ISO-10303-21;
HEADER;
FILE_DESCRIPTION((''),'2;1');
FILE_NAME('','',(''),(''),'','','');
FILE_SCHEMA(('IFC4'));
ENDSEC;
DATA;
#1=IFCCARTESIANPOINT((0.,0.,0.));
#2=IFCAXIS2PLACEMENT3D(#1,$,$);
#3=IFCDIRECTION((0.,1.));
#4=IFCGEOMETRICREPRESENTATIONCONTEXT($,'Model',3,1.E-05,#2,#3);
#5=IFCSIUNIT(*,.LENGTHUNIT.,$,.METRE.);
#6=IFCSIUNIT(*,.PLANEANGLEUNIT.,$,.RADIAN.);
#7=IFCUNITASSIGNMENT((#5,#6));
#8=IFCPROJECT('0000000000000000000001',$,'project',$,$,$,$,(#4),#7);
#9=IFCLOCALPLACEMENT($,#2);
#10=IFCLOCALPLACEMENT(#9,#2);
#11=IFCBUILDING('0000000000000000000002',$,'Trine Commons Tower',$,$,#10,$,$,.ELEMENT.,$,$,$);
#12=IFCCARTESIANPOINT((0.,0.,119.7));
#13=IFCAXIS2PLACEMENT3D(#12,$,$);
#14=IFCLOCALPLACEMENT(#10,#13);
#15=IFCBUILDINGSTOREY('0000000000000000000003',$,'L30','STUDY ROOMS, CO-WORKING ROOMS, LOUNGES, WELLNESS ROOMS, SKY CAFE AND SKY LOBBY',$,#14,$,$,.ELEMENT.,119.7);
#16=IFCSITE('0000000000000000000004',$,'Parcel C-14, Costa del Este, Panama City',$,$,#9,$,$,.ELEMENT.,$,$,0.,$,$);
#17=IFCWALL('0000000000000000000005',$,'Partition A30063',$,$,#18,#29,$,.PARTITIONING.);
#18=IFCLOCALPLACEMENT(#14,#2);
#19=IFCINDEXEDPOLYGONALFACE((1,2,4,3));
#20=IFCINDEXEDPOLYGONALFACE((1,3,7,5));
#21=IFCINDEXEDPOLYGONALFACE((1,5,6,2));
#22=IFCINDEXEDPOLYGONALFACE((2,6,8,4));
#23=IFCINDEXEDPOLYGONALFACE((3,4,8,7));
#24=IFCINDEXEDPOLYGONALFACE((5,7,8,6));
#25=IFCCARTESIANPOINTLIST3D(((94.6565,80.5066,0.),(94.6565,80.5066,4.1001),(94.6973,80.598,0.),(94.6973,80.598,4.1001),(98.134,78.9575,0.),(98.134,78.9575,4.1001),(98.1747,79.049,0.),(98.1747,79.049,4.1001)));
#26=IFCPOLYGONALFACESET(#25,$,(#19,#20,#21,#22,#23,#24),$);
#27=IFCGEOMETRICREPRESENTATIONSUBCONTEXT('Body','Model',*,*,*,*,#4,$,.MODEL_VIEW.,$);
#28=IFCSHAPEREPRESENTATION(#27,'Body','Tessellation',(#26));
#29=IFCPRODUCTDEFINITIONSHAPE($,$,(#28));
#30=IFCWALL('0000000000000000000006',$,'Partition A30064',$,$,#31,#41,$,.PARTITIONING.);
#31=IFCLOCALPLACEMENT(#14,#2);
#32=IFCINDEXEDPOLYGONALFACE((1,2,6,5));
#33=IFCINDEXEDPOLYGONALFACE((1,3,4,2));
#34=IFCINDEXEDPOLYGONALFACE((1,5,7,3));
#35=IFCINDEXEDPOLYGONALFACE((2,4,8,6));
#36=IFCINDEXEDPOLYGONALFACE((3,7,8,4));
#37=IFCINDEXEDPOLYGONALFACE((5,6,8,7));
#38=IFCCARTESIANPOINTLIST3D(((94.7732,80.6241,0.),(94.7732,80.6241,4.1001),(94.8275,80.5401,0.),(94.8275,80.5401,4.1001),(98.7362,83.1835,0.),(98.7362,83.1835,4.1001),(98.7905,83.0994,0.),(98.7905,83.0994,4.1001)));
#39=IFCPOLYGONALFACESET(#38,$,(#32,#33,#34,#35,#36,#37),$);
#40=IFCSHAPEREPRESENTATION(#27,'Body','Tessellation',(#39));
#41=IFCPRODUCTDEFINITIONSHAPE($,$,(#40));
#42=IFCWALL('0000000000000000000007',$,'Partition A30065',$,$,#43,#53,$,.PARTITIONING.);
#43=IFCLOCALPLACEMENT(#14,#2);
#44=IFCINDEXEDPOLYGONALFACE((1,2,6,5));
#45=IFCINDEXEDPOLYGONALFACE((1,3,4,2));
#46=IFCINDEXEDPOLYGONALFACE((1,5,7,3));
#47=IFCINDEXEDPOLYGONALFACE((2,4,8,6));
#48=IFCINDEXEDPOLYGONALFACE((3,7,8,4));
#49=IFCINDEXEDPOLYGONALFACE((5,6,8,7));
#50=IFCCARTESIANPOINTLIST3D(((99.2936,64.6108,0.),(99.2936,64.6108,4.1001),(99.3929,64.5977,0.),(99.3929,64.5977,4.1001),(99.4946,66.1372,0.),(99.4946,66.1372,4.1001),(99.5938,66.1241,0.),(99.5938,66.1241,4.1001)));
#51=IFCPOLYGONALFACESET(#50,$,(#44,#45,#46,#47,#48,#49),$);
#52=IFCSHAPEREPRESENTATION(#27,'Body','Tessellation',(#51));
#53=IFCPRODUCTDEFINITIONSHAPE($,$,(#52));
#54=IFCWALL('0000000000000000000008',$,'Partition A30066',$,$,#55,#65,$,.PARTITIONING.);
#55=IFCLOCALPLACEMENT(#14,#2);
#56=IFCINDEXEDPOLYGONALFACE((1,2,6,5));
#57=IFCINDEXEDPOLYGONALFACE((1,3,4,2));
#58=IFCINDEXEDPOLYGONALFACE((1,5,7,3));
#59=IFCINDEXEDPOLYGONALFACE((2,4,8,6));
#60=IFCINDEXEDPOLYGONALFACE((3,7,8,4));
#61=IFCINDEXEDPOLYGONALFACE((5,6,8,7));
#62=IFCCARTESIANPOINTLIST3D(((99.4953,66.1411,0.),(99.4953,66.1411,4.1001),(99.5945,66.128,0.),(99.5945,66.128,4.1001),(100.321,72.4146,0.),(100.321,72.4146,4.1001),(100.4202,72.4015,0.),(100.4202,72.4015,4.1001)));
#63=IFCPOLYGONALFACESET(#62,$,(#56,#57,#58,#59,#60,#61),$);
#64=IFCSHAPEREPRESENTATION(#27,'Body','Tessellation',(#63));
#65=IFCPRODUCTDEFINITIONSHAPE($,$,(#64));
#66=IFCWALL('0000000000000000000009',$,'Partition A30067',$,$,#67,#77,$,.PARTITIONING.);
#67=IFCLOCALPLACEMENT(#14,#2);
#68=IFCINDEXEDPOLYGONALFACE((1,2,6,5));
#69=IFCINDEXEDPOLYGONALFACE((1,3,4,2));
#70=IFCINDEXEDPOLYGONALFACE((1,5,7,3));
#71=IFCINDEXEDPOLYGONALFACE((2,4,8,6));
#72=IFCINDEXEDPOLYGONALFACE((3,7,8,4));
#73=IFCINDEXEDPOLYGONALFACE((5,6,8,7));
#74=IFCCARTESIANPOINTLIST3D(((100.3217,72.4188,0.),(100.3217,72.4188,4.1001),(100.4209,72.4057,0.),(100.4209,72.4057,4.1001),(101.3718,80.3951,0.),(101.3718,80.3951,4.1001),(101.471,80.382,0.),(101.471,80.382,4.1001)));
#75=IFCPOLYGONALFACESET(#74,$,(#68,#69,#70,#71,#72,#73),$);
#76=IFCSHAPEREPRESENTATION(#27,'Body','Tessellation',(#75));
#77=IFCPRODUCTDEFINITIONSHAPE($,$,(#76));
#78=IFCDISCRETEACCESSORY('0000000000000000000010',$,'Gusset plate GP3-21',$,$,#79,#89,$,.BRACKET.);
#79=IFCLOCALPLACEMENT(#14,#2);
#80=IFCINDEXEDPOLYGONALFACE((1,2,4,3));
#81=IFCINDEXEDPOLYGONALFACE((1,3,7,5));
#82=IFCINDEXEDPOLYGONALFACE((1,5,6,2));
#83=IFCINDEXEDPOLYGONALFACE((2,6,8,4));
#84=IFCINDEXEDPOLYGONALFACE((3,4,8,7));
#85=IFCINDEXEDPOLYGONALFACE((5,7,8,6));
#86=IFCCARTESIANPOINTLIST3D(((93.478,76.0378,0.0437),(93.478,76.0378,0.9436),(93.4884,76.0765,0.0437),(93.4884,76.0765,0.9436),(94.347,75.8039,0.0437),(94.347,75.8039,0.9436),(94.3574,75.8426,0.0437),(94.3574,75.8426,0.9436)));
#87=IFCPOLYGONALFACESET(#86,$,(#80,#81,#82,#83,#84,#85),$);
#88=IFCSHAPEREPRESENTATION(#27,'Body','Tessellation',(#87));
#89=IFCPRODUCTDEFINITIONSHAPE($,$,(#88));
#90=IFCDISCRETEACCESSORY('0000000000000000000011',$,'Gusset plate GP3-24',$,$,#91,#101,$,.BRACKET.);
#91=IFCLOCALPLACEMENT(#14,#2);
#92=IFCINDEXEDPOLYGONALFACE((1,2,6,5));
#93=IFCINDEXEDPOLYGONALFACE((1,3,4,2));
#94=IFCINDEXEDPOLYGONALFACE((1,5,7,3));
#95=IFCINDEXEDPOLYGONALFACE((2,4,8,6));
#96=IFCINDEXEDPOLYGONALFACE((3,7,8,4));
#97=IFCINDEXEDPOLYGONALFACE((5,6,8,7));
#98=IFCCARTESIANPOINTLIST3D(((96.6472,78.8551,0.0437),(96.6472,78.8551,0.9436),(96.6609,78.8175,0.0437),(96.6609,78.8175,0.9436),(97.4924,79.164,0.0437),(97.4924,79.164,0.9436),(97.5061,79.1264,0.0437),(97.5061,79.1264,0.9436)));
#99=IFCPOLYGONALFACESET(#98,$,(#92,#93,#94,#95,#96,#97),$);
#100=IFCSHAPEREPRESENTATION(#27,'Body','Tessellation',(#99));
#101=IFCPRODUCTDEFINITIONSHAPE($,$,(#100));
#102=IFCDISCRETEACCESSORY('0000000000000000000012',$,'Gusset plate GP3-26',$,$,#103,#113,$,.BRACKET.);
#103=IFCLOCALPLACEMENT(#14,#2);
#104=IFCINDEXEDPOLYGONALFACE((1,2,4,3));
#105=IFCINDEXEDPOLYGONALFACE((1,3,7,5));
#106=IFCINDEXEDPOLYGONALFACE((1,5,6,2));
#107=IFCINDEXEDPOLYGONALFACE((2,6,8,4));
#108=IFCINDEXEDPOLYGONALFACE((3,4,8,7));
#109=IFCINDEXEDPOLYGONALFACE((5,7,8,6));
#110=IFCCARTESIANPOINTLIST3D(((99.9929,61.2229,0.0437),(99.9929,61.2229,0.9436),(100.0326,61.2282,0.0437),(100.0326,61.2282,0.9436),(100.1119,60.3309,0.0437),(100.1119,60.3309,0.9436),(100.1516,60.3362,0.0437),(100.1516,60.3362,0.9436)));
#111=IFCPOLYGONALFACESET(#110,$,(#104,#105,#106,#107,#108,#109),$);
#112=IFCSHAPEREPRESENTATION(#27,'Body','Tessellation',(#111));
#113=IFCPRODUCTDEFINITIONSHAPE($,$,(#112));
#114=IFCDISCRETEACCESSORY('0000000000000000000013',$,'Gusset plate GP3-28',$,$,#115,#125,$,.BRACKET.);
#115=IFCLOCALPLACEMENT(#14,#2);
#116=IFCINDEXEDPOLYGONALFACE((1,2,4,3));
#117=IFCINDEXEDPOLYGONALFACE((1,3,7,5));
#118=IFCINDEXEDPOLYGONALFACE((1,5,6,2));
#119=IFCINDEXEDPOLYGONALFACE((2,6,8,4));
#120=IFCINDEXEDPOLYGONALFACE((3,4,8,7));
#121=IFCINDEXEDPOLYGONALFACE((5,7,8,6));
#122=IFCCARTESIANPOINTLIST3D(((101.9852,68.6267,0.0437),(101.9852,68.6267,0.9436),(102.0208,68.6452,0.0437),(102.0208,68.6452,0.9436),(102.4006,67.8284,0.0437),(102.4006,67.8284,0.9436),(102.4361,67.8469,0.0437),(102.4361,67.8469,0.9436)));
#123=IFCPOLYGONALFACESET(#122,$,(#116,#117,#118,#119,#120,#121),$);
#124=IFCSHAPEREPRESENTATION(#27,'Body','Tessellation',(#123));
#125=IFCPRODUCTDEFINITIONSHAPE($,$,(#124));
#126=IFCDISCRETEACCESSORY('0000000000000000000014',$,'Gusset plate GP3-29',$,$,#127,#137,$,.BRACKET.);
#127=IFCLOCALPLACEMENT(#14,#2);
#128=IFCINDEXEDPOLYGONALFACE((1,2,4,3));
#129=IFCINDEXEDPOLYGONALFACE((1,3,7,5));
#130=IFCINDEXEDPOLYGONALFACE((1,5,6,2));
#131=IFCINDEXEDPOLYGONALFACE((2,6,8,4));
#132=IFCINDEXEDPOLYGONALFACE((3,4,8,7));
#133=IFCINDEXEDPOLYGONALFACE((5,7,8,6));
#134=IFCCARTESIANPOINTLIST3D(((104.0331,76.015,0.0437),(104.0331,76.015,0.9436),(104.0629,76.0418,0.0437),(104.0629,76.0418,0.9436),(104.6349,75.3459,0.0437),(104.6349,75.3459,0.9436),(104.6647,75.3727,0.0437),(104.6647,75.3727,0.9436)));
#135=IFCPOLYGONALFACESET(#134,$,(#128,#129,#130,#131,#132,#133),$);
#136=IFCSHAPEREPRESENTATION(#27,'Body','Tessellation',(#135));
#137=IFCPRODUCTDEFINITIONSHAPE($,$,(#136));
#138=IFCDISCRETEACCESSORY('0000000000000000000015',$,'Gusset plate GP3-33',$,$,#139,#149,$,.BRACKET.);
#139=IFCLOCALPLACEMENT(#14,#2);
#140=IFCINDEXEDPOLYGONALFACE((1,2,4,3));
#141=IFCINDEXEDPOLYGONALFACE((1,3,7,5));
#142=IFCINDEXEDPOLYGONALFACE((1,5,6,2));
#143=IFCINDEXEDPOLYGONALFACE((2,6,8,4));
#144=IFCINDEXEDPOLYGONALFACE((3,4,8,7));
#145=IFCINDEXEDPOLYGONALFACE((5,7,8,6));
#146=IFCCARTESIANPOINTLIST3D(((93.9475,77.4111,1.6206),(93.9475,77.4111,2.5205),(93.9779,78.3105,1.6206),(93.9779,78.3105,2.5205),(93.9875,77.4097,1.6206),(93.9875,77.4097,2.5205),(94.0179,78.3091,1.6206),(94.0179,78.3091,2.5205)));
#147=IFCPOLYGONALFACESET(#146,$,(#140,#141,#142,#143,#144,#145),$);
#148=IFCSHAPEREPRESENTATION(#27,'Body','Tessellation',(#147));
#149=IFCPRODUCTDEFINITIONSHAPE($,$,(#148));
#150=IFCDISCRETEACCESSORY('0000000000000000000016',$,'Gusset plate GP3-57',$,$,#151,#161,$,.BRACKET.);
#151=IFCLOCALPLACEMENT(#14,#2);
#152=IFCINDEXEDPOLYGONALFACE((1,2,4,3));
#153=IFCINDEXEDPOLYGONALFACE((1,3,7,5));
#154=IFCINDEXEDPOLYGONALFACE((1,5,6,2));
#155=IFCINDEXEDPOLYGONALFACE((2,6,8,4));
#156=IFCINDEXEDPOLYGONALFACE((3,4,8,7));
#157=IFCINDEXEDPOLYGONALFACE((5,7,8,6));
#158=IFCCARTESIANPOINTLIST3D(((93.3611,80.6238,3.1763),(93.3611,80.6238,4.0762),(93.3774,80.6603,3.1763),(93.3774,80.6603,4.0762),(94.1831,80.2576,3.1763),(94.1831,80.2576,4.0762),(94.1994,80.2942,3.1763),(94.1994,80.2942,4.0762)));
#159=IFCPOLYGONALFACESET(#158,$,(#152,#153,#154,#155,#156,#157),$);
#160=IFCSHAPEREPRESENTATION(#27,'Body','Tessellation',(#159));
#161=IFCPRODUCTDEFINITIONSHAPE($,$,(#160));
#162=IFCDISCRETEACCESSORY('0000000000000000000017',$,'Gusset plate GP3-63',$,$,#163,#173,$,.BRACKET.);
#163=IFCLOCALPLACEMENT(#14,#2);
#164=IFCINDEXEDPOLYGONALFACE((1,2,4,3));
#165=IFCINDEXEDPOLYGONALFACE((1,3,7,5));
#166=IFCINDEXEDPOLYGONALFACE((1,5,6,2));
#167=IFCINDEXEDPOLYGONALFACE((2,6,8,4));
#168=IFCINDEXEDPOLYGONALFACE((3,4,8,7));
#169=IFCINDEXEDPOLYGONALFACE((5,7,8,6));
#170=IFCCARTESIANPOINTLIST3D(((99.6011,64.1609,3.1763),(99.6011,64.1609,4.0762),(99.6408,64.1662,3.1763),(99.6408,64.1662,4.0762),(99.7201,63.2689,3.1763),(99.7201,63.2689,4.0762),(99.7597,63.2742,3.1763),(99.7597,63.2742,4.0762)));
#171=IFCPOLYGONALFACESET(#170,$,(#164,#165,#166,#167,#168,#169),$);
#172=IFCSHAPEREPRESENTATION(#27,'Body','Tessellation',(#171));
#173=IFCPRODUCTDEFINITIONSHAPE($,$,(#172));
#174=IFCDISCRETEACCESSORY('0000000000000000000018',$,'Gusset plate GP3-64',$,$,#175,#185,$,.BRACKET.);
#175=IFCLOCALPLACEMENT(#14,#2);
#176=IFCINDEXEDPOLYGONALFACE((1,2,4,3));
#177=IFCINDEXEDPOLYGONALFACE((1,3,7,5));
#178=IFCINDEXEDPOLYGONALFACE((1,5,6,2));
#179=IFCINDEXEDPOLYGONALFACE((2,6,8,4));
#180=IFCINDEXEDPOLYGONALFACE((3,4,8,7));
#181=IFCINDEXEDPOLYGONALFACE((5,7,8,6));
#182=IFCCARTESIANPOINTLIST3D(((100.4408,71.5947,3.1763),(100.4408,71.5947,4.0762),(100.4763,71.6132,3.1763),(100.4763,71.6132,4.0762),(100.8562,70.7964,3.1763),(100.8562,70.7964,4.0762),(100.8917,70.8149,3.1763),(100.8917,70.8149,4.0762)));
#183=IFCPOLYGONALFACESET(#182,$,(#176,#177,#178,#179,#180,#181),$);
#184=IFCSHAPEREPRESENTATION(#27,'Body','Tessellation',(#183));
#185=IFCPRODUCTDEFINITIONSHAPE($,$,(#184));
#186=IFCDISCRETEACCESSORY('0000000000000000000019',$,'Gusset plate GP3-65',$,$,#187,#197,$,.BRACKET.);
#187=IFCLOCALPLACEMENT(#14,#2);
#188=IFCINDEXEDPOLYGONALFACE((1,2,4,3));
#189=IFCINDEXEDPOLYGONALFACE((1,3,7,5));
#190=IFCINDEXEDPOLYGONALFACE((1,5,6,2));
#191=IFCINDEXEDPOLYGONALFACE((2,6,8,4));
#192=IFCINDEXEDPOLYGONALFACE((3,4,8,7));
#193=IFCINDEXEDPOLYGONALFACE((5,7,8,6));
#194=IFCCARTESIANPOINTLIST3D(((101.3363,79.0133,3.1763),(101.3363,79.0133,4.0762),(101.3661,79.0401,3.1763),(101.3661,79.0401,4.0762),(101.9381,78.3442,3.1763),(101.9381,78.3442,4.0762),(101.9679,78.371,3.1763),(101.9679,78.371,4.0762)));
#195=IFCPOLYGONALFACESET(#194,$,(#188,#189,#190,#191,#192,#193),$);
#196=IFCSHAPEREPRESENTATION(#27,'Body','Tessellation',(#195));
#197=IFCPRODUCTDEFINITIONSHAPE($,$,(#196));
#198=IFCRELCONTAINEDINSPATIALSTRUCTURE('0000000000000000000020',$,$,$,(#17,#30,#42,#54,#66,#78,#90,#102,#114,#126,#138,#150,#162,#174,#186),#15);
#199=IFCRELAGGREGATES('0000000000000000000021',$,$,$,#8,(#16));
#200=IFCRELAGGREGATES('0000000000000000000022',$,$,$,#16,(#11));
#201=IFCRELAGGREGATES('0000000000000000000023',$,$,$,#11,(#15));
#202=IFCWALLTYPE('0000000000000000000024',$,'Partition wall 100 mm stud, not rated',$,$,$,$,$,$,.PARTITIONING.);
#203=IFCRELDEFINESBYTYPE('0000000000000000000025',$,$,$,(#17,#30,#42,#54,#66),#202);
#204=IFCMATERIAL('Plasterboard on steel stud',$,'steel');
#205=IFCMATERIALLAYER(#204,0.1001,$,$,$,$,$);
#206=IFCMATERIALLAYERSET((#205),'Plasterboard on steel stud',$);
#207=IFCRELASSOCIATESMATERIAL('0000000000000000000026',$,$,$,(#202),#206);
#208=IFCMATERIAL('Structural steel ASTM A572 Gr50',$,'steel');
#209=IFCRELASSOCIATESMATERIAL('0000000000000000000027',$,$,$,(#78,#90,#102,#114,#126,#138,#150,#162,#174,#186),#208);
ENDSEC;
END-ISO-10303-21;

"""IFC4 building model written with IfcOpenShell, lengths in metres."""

from ifc_helpers import new_model, si_unit, direction, frame, frame_2d, origin, origin_2d, place, context, subcontext, project, spatial, rectangle, extrude, material, layer, layer_set, type_object, element, save


model = new_model("IFC4")

# Units and contexts
model_context = context("Model", 3, precision=1e-05, world=origin(), true_north=direction((0.0, 1.0)))
body_context = subcontext(model_context, "Body", "Model", "MODEL_VIEW")
ifc_project = project(units=[si_unit("LENGTHUNIT", "METRE"), si_unit("PLANEANGLEUNIT", "RADIAN")], contexts=[model_context])

# Site, building, storey
site_placement = place(None, origin())
site = spatial("IfcSite", under=ifc_project, at=site_placement, Name="Parcel C-14, Costa del Este, Panama City", CompositionType="ELEMENT", RefElevation=0.0)
building_placement = place(site_placement, origin())
building = spatial("IfcBuilding", under=site, at=building_placement, Name="Trine Commons Tower", CompositionType="ELEMENT")
storey_placement = place(building_placement, frame((0.0, 0.0, 119.7)))
storey = spatial("IfcBuildingStorey", under=building, at=storey_placement, Name="L30", Description="STUDY ROOMS, CO-WORKING ROOMS, LOUNGES, WELLNESS ROOMS, SKY CAFE AND SKY LOBBY", CompositionType="ELEMENT", Elevation=119.7)

# Walls
ifc_material_1 = material(Name="Plasterboard on steel stud", Category="steel")
ifc_layer_1 = layer(ifc_material_1, 0.1001)
ifc_layer_set_1 = layer_set([ifc_layer_1], Name="Plasterboard on steel stud")
wall_type_1 = type_object("IfcWallType", Name="Partition wall 100 mm stud, not rated", PredefinedType="PARTITIONING", material=ifc_layer_set_1)
wall_1_placement = place(storey_placement, frame((94.677, 80.5522, 0.0), z_axis=(0.0, 0.0, 1.0), x_axis=(0.91347, -0.406906, 0.0)))
element("IfcWall", 1, at=wall_1_placement, inside=storey, type_object=wall_type_1, Name="Partition A30063", PredefinedType="PARTITIONING", context=body_context, shape_type="SweptSolid", body=[
    extrude(rectangle(XDim=3.8069, YDim=0.1001, at=frame_2d((1.9033, 0.0))), origin(), (0.0, 0.0, 1.0), 4.1001),
])
wall_2_placement = place(storey_placement, frame((94.8003, 80.582, 0.0), z_axis=(0.0, 0.0, 1.0), x_axis=(0.840043, 0.542519, 0.0)))
element("IfcWall", 2, at=wall_2_placement, inside=storey, type_object=wall_type_1, Name="Partition A30064", PredefinedType="PARTITIONING", context=body_context, shape_type="SweptSolid", body=[
    extrude(rectangle(XDim=4.7175, YDim=0.1001, at=frame_2d((2.3589, 0.0))), origin(), (0.0, 0.0, 1.0), 4.1001),
])
wall_3_placement = place(storey_placement, frame((99.3433, 64.6042, 0.0), z_axis=(0.0, 0.0, 1.0), x_axis=(0.130512, 0.991447, 0.0)))
element("IfcWall", 3, at=wall_3_placement, inside=storey, type_object=wall_type_1, Name="Partition A30065", PredefinedType="PARTITIONING", context=body_context, shape_type="SweptSolid", body=[
    extrude(rectangle(XDim=1.5396, YDim=0.1001, at=frame_2d((0.7698, 0.0))), origin(), (0.0, 0.0, 1.0), 4.1001),
])
wall_4_placement = place(storey_placement, frame((99.5449, 66.1345, 0.0), z_axis=(0.0, 0.0, 1.0), x_axis=(0.13049, 0.99145, 0.0)))
element("IfcWall", 4, at=wall_4_placement, inside=storey, type_object=wall_type_1, Name="Partition A30066", PredefinedType="PARTITIONING", context=body_context, shape_type="SweptSolid", body=[
    extrude(rectangle(XDim=6.3276, YDim=0.1001, at=frame_2d((3.1638, 0.0))), origin(), (0.0, 0.0, 1.0), 4.1001),
])
wall_5_placement = place(storey_placement, frame((100.3713, 72.4124, 0.0), z_axis=(0.0, 0.0, 1.0), x_axis=(0.13052, 0.991446, 0.0)))
element("IfcWall", 5, at=wall_5_placement, inside=storey, type_object=wall_type_1, Name="Partition A30067", PredefinedType="PARTITIONING", context=body_context, shape_type="SweptSolid", body=[
    extrude(rectangle(XDim=8.0452, YDim=0.1001, at=frame_2d((4.0225, 0.0))), origin(), (0.0, 0.0, 1.0), 4.1001),
])

# Discrete accessories
ifc_material_2 = material(Name="Structural steel ASTM A572 Gr50", Category="steel")
for number, where, z_axis, x_axis, name in (
    (6, (93.9177, 75.9402, 0.0437), (0.0, 0.0, 1.0), (-0.965627, 0.259932, 0.0), "Gusset plate GP3-21"),
    (7, (97.0767, 78.9907, 0.0437), (0.0, 0.0, 1.0), (-0.939244, -0.34325, 0.0), "Gusset plate GP3-24"),
    (8, (100.0723, 60.7795, 0.0437), (0.0, 0.0, 1.0), (-0.132187, 0.991225, 0.0), "Gusset plate GP3-26"),
    (9, (102.2107, 68.2368, 0.0437), (0.0, 0.0, 1.0), (-0.461578, 0.887099, 0.0), "Gusset plate GP3-28"),
    (10, (104.3489, 75.6938, 0.0437), (0.0, 0.0, 1.0), (-0.668741, 0.743495, 0.0), "Gusset plate GP3-29"),
    (11, (93.9827, 77.8601, 1.6206), (0.0, 0.0, 1.0), (0.033783, 0.999429, 0.0), "Gusset plate GP3-33"),
    (12, (93.7803, 80.459, 3.1763), (0.0, 0.0, 1.0), (-0.913482, 0.40688, 0.0), "Gusset plate GP3-57"),
    (13, (99.6804, 63.7175, 3.1763), (0.0, 0.0, 1.0), (-0.132187, 0.991225, 0.0), "Gusset plate GP3-63"),
    (14, (100.6663, 71.2048, 3.1763), (0.0, 0.0, 1.0), (-0.461578, 0.887099, 0.0), "Gusset plate GP3-64"),
    (15, (101.6521, 78.6921, 3.1763), (0.0, 0.0, 1.0), (-0.668741, 0.743495, 0.0), "Gusset plate GP3-65"),
):
    element("IfcDiscreteAccessory", number, at=place(storey_placement, frame(where, z_axis=z_axis, x_axis=x_axis)), inside=storey, material=ifc_material_2, Name=name, PredefinedType="BRACKET", context=body_context, shape_type="SweptSolid", body=[
        extrude(rectangle(XDim=0.8999, YDim=0.04, at=origin_2d()), origin(), (0.0, 0.0, 1.0), 0.8999),
    ])

save(model, "model.ifc")
